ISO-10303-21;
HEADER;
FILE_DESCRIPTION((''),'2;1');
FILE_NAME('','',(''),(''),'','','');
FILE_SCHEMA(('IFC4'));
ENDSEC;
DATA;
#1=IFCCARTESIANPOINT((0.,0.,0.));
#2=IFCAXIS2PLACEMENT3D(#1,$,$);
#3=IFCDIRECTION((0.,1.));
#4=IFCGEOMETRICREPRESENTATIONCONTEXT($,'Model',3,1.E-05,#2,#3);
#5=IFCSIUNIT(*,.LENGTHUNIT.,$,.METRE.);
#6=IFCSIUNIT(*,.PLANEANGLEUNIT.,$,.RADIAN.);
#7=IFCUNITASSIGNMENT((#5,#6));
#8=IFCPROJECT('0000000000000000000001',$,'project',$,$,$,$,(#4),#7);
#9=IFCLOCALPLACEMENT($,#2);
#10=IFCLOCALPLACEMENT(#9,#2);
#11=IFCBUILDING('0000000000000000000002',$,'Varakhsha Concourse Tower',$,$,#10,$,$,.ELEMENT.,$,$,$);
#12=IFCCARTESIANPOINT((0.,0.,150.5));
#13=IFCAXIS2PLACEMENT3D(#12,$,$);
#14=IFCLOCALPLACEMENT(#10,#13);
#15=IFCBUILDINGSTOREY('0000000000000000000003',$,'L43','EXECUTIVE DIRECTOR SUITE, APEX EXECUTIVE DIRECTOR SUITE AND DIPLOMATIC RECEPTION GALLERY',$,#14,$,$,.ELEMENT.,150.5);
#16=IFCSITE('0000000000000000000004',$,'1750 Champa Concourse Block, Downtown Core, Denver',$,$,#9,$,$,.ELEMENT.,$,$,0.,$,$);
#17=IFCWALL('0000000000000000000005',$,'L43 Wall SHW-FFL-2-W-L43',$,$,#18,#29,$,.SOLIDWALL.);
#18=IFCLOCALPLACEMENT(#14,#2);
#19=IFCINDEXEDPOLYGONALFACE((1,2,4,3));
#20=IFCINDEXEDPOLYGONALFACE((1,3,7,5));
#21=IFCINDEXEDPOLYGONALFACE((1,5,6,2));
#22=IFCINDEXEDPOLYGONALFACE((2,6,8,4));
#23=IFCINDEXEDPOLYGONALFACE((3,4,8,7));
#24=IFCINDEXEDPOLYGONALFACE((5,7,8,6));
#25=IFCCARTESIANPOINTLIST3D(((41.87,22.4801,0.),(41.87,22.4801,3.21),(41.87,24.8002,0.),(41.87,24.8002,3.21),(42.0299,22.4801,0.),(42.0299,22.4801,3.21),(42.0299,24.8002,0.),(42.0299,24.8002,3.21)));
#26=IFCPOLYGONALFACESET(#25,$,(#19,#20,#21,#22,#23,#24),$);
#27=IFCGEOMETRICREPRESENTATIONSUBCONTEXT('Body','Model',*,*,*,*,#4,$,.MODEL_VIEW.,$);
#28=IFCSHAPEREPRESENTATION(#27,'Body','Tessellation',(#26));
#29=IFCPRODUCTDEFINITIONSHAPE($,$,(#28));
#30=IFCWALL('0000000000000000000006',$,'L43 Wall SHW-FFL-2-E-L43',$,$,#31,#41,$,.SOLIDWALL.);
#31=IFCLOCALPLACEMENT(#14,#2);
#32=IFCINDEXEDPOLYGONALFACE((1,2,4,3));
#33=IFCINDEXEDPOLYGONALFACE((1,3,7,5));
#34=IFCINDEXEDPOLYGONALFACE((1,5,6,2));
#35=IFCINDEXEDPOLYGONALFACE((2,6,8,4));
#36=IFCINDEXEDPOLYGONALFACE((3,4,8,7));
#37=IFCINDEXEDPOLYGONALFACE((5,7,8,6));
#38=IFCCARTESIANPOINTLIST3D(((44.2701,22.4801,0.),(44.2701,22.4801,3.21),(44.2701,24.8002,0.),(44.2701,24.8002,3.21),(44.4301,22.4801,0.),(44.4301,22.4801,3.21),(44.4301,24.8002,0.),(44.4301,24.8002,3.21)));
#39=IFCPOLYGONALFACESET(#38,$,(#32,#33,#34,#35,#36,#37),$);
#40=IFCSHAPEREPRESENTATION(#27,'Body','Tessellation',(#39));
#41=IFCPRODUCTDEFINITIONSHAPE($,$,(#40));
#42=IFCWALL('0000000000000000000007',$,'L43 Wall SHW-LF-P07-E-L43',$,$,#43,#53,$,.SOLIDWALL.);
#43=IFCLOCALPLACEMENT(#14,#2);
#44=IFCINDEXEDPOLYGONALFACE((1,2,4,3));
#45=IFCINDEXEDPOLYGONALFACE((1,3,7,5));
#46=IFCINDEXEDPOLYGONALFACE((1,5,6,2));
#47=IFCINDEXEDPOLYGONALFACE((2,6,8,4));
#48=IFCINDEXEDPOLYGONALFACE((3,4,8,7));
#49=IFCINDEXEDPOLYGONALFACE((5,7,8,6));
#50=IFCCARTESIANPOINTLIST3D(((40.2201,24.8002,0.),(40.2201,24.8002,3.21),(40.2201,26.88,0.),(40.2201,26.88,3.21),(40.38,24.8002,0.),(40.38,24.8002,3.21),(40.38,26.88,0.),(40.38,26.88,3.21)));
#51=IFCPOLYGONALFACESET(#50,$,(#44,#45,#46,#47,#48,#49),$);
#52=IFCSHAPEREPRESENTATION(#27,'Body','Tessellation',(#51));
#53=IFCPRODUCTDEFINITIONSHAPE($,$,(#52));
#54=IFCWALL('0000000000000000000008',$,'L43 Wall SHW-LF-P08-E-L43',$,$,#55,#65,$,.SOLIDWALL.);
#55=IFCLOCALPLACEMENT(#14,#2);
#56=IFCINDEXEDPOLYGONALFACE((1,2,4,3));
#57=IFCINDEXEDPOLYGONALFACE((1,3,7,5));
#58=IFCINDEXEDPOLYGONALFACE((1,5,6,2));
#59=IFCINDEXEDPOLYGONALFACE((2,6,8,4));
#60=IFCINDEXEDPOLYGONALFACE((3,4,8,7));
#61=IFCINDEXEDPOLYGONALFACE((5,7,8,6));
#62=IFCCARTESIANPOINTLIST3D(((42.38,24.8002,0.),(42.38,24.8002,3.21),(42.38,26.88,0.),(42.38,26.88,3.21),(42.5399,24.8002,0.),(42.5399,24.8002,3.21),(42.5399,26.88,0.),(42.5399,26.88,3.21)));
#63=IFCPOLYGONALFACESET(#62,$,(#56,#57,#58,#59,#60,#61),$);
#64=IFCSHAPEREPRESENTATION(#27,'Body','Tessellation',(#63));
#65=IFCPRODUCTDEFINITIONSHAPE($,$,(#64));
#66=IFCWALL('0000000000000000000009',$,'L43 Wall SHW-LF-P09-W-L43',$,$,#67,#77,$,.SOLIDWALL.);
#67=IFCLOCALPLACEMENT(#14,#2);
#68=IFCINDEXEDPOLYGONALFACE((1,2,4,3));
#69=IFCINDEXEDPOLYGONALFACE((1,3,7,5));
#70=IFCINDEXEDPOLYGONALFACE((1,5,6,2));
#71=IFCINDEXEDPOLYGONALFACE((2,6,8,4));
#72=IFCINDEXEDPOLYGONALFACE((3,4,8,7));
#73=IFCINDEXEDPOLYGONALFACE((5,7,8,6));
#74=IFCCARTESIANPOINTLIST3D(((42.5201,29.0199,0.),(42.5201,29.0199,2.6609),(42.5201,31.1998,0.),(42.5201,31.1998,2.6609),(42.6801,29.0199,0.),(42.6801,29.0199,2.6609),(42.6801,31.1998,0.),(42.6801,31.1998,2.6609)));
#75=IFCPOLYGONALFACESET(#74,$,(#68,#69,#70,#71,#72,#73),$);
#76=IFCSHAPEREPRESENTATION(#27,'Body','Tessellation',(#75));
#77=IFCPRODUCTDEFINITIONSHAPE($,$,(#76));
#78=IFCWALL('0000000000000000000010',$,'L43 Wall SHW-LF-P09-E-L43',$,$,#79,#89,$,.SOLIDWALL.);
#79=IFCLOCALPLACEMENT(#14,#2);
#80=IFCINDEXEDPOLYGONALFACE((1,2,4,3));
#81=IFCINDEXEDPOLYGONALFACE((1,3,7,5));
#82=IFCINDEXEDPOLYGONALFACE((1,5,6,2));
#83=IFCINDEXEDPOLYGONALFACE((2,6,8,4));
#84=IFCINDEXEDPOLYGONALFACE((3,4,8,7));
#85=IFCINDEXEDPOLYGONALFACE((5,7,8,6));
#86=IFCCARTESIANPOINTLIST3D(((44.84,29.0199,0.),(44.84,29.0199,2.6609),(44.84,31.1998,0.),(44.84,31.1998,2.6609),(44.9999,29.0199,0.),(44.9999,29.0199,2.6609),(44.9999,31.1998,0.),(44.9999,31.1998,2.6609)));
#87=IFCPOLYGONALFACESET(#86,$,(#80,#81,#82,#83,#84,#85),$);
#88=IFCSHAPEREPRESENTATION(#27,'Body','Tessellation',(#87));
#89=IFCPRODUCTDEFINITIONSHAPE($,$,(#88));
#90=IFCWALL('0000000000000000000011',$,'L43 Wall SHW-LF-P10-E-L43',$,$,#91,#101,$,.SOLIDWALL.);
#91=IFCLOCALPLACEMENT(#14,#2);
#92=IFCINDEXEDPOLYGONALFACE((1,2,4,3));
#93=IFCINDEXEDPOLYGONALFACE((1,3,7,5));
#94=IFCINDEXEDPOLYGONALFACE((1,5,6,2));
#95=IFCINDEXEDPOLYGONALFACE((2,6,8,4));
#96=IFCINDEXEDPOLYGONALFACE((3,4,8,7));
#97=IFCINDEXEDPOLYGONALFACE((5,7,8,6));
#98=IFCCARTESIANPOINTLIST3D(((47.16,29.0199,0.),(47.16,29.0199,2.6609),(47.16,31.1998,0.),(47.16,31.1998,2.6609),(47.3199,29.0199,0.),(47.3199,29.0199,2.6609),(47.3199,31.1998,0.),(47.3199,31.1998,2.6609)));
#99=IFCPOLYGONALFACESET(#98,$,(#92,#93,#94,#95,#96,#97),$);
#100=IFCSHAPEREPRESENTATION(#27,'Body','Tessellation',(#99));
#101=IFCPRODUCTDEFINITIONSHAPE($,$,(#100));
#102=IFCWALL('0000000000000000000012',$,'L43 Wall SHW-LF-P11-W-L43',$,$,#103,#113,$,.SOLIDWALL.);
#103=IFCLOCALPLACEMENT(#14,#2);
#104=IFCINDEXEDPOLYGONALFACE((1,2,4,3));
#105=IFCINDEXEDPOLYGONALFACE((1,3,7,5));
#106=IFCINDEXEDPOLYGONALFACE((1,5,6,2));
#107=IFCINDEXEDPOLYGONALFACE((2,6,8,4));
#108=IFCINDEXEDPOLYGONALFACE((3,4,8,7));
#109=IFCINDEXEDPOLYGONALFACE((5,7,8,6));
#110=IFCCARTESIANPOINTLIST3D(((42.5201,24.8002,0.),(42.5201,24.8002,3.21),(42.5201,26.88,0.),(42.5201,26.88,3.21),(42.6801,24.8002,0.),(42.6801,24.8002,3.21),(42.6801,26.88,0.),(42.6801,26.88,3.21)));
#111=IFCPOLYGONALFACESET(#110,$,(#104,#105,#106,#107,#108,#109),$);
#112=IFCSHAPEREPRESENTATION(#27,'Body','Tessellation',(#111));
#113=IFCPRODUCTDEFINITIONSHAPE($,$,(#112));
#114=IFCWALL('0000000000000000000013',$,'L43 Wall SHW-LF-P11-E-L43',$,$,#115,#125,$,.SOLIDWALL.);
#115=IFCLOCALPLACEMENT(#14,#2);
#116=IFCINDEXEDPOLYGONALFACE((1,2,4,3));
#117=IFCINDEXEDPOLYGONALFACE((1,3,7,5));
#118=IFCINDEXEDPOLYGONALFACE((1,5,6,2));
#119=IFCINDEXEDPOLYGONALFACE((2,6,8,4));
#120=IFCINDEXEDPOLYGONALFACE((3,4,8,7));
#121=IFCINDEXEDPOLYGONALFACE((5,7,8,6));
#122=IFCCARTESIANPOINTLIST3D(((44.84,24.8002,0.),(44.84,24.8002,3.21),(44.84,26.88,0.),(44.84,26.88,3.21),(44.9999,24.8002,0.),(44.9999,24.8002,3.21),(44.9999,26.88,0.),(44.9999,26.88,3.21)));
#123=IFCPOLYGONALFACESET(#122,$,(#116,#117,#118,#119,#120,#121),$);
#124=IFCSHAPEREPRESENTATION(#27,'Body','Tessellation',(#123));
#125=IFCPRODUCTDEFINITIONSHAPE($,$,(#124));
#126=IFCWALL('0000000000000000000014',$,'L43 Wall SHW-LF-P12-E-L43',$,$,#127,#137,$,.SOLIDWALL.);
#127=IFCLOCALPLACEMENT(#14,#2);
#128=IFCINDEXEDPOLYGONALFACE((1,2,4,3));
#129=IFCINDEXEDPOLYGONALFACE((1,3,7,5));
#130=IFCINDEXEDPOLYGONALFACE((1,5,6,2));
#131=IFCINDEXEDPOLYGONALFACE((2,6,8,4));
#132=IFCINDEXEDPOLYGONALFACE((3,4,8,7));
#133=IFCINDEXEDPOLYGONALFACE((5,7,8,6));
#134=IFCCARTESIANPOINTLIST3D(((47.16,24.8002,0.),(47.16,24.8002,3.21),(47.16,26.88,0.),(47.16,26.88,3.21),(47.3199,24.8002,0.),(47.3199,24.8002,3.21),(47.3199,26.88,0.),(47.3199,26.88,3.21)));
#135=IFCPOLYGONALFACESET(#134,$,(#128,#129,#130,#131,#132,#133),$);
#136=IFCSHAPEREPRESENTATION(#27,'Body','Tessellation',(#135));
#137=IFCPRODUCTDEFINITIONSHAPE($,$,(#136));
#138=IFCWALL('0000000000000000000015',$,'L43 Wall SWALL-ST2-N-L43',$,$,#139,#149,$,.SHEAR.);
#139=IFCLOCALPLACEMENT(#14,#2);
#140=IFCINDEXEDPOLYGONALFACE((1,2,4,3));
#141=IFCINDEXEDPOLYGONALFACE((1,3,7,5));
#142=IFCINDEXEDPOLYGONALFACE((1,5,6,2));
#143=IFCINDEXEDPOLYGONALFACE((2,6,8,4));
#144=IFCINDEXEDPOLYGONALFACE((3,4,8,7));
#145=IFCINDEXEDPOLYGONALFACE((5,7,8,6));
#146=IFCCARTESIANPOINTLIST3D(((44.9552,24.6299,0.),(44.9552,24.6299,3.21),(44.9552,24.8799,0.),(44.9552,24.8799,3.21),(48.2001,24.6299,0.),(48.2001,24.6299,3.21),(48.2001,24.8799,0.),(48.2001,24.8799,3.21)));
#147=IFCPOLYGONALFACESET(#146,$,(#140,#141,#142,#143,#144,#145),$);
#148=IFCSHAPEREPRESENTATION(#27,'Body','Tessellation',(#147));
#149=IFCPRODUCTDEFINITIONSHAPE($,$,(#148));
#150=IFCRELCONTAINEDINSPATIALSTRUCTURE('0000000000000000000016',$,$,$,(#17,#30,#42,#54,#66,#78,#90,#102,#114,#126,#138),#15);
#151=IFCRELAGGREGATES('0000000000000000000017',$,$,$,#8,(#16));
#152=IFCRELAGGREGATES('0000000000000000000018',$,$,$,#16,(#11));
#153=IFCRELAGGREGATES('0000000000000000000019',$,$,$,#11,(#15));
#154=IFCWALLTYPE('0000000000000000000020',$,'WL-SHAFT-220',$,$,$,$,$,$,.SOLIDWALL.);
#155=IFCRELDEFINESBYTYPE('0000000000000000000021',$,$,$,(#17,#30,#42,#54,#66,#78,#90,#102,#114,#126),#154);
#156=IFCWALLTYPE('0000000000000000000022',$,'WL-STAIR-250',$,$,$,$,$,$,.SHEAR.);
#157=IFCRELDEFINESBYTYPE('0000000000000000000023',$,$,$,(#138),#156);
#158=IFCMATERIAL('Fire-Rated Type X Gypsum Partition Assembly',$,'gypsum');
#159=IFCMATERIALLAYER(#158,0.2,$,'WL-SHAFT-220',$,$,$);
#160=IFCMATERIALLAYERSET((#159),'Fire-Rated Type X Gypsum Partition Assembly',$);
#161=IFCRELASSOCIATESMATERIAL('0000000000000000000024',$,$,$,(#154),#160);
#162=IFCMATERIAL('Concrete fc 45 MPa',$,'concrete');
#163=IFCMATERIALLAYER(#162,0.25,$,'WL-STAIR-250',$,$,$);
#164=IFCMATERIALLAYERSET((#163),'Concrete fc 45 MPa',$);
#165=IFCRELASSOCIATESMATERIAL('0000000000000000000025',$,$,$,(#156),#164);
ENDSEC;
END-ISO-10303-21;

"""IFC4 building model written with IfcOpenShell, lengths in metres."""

from ifc_helpers import new_model, si_unit, direction, frame, frame_2d, origin, place, context, subcontext, project, spatial, rectangle, extrude, material, layer, layer_set, type_object, element, save


model = new_model("IFC4")

# Units and contexts
model_context = context("Model", 3, precision=1e-05, world=origin(), true_north=direction((0.0, 1.0)))
body_context = subcontext(model_context, "Body", "Model", "MODEL_VIEW")
ifc_project = project(units=[si_unit("LENGTHUNIT", "METRE"), si_unit("PLANEANGLEUNIT", "RADIAN")], contexts=[model_context])

# Site, building, storey
site_placement = place(None, origin())
site = spatial("IfcSite", under=ifc_project, at=site_placement, Name="1750 Champa Concourse Block, Downtown Core, Denver", CompositionType="ELEMENT", RefElevation=0.0)
building_placement = place(site_placement, origin())
building = spatial("IfcBuilding", under=site, at=building_placement, Name="Varakhsha Concourse Tower", CompositionType="ELEMENT")
storey_placement = place(building_placement, frame((0.0, 0.0, 150.5)))
storey = spatial("IfcBuildingStorey", under=building, at=storey_placement, Name="L43", Description="EXECUTIVE DIRECTOR SUITE, APEX EXECUTIVE DIRECTOR SUITE AND DIPLOMATIC RECEPTION GALLERY", CompositionType="ELEMENT", Elevation=150.5)

# Shared definitions
ifc_material_1 = material(Name="Fire-Rated Type X Gypsum Partition Assembly", Category="gypsum")

# Walls
ifc_layer_1 = layer(ifc_material_1, 0.2, Name="WL-SHAFT-220")
ifc_layer_set_1 = layer_set([ifc_layer_1], Name="Fire-Rated Type X Gypsum Partition Assembly")
wall_type_1 = type_object("IfcWallType", Name="WL-SHAFT-220", PredefinedType="SOLIDWALL", material=ifc_layer_set_1)
for number, where, z_axis, x_axis, name in (
    (1, (41.95, 22.48, 0.0), (0.0, 0.0, 1.0), (0.0, 1.0, 0.0), "L43 Wall SHW-FFL-2-W-L43"),
    (2, (44.3501, 22.48, 0.0), (0.0, 0.0, 1.0), (0.0, 1.0, 0.0), "L43 Wall SHW-FFL-2-E-L43"),
):
    element("IfcWall", number, at=place(storey_placement, frame(where, z_axis=z_axis, x_axis=x_axis)), inside=storey, type_object=wall_type_1, Name=name, PredefinedType="SOLIDWALL", context=body_context, shape_type="SweptSolid", body=[
        extrude(rectangle(XDim=2.3201, YDim=0.1599, at=frame_2d((1.1602, 0.0))), origin(), (0.0, 0.0, 1.0), 3.21),
    ])
for number, where, z_axis, x_axis, name in (
    (3, (40.3, 24.8, 0.0), (0.0, 0.0, 1.0), (0.0, 1.0, 0.0), "L43 Wall SHW-LF-P07-E-L43"),
    (4, (42.46, 24.8, 0.0), (0.0, 0.0, 1.0), (0.0, 1.0, 0.0), "L43 Wall SHW-LF-P08-E-L43"),
):
    element("IfcWall", number, at=place(storey_placement, frame(where, z_axis=z_axis, x_axis=x_axis)), inside=storey, type_object=wall_type_1, Name=name, PredefinedType="SOLIDWALL", context=body_context, shape_type="SweptSolid", body=[
        extrude(rectangle(XDim=2.0798, YDim=0.1599, at=frame_2d((1.04, 0.0))), origin(), (0.0, 0.0, 1.0), 3.21),
    ])
for number, where, z_axis, x_axis, name in (
    (5, (42.6001, 29.02, 0.0), (0.0, 0.0, 1.0), (0.0, 1.0, 0.0), "L43 Wall SHW-LF-P09-W-L43"),
    (6, (44.9199, 29.02, 0.0), (0.0, 0.0, 1.0), (0.0, 1.0, 0.0), "L43 Wall SHW-LF-P09-E-L43"),
    (7, (47.24, 29.02, 0.0), (0.0, 0.0, 1.0), (0.0, 1.0, 0.0), "L43 Wall SHW-LF-P10-E-L43"),
):
    element("IfcWall", number, at=place(storey_placement, frame(where, z_axis=z_axis, x_axis=x_axis)), inside=storey, type_object=wall_type_1, Name=name, PredefinedType="SOLIDWALL", context=body_context, shape_type="SweptSolid", body=[
        extrude(rectangle(XDim=2.1799, YDim=0.1599, at=frame_2d((1.0898, 0.0))), origin(), (0.0, 0.0, 1.0), 2.6609),
    ])
for number, where, z_axis, x_axis, name in (
    (8, (42.6001, 24.8, 0.0), (0.0, 0.0, 1.0), (0.0, 1.0, 0.0), "L43 Wall SHW-LF-P11-W-L43"),
    (9, (44.9199, 24.8, 0.0), (0.0, 0.0, 1.0), (0.0, 1.0, 0.0), "L43 Wall SHW-LF-P11-E-L43"),
    (10, (47.24, 24.8, 0.0), (0.0, 0.0, 1.0), (0.0, 1.0, 0.0), "L43 Wall SHW-LF-P12-E-L43"),
):
    element("IfcWall", number, at=place(storey_placement, frame(where, z_axis=z_axis, x_axis=x_axis)), inside=storey, type_object=wall_type_1, Name=name, PredefinedType="SOLIDWALL", context=body_context, shape_type="SweptSolid", body=[
        extrude(rectangle(XDim=2.0798, YDim=0.1599, at=frame_2d((1.04, 0.0))), origin(), (0.0, 0.0, 1.0), 3.21),
    ])
ifc_material_2 = material(Name="Concrete fc 45 MPa", Category="concrete")
ifc_layer_2 = layer(ifc_material_2, 0.25, Name="WL-STAIR-250")
ifc_layer_set_2 = layer_set([ifc_layer_2], Name="Concrete fc 45 MPa")
wall_type_2 = type_object("IfcWallType", Name="WL-STAIR-250", PredefinedType="SHEAR", material=ifc_layer_set_2)
wall_1_placement = place(storey_placement, frame((44.9551, 24.7549, 0.0), z_axis=(0.0, 0.0, 1.0), x_axis=(1.0, 0.0, 0.0)))
element("IfcWall", 11, at=wall_1_placement, inside=storey, type_object=wall_type_2, Name="L43 Wall SWALL-ST2-N-L43", PredefinedType="SHEAR", context=body_context, shape_type="SweptSolid", body=[
    extrude(rectangle(XDim=3.2449, YDim=0.25, at=frame_2d((1.6226, 0.0))), origin(), (0.0, 0.0, 1.0), 3.21),
])

save(model, "model.ifc")
